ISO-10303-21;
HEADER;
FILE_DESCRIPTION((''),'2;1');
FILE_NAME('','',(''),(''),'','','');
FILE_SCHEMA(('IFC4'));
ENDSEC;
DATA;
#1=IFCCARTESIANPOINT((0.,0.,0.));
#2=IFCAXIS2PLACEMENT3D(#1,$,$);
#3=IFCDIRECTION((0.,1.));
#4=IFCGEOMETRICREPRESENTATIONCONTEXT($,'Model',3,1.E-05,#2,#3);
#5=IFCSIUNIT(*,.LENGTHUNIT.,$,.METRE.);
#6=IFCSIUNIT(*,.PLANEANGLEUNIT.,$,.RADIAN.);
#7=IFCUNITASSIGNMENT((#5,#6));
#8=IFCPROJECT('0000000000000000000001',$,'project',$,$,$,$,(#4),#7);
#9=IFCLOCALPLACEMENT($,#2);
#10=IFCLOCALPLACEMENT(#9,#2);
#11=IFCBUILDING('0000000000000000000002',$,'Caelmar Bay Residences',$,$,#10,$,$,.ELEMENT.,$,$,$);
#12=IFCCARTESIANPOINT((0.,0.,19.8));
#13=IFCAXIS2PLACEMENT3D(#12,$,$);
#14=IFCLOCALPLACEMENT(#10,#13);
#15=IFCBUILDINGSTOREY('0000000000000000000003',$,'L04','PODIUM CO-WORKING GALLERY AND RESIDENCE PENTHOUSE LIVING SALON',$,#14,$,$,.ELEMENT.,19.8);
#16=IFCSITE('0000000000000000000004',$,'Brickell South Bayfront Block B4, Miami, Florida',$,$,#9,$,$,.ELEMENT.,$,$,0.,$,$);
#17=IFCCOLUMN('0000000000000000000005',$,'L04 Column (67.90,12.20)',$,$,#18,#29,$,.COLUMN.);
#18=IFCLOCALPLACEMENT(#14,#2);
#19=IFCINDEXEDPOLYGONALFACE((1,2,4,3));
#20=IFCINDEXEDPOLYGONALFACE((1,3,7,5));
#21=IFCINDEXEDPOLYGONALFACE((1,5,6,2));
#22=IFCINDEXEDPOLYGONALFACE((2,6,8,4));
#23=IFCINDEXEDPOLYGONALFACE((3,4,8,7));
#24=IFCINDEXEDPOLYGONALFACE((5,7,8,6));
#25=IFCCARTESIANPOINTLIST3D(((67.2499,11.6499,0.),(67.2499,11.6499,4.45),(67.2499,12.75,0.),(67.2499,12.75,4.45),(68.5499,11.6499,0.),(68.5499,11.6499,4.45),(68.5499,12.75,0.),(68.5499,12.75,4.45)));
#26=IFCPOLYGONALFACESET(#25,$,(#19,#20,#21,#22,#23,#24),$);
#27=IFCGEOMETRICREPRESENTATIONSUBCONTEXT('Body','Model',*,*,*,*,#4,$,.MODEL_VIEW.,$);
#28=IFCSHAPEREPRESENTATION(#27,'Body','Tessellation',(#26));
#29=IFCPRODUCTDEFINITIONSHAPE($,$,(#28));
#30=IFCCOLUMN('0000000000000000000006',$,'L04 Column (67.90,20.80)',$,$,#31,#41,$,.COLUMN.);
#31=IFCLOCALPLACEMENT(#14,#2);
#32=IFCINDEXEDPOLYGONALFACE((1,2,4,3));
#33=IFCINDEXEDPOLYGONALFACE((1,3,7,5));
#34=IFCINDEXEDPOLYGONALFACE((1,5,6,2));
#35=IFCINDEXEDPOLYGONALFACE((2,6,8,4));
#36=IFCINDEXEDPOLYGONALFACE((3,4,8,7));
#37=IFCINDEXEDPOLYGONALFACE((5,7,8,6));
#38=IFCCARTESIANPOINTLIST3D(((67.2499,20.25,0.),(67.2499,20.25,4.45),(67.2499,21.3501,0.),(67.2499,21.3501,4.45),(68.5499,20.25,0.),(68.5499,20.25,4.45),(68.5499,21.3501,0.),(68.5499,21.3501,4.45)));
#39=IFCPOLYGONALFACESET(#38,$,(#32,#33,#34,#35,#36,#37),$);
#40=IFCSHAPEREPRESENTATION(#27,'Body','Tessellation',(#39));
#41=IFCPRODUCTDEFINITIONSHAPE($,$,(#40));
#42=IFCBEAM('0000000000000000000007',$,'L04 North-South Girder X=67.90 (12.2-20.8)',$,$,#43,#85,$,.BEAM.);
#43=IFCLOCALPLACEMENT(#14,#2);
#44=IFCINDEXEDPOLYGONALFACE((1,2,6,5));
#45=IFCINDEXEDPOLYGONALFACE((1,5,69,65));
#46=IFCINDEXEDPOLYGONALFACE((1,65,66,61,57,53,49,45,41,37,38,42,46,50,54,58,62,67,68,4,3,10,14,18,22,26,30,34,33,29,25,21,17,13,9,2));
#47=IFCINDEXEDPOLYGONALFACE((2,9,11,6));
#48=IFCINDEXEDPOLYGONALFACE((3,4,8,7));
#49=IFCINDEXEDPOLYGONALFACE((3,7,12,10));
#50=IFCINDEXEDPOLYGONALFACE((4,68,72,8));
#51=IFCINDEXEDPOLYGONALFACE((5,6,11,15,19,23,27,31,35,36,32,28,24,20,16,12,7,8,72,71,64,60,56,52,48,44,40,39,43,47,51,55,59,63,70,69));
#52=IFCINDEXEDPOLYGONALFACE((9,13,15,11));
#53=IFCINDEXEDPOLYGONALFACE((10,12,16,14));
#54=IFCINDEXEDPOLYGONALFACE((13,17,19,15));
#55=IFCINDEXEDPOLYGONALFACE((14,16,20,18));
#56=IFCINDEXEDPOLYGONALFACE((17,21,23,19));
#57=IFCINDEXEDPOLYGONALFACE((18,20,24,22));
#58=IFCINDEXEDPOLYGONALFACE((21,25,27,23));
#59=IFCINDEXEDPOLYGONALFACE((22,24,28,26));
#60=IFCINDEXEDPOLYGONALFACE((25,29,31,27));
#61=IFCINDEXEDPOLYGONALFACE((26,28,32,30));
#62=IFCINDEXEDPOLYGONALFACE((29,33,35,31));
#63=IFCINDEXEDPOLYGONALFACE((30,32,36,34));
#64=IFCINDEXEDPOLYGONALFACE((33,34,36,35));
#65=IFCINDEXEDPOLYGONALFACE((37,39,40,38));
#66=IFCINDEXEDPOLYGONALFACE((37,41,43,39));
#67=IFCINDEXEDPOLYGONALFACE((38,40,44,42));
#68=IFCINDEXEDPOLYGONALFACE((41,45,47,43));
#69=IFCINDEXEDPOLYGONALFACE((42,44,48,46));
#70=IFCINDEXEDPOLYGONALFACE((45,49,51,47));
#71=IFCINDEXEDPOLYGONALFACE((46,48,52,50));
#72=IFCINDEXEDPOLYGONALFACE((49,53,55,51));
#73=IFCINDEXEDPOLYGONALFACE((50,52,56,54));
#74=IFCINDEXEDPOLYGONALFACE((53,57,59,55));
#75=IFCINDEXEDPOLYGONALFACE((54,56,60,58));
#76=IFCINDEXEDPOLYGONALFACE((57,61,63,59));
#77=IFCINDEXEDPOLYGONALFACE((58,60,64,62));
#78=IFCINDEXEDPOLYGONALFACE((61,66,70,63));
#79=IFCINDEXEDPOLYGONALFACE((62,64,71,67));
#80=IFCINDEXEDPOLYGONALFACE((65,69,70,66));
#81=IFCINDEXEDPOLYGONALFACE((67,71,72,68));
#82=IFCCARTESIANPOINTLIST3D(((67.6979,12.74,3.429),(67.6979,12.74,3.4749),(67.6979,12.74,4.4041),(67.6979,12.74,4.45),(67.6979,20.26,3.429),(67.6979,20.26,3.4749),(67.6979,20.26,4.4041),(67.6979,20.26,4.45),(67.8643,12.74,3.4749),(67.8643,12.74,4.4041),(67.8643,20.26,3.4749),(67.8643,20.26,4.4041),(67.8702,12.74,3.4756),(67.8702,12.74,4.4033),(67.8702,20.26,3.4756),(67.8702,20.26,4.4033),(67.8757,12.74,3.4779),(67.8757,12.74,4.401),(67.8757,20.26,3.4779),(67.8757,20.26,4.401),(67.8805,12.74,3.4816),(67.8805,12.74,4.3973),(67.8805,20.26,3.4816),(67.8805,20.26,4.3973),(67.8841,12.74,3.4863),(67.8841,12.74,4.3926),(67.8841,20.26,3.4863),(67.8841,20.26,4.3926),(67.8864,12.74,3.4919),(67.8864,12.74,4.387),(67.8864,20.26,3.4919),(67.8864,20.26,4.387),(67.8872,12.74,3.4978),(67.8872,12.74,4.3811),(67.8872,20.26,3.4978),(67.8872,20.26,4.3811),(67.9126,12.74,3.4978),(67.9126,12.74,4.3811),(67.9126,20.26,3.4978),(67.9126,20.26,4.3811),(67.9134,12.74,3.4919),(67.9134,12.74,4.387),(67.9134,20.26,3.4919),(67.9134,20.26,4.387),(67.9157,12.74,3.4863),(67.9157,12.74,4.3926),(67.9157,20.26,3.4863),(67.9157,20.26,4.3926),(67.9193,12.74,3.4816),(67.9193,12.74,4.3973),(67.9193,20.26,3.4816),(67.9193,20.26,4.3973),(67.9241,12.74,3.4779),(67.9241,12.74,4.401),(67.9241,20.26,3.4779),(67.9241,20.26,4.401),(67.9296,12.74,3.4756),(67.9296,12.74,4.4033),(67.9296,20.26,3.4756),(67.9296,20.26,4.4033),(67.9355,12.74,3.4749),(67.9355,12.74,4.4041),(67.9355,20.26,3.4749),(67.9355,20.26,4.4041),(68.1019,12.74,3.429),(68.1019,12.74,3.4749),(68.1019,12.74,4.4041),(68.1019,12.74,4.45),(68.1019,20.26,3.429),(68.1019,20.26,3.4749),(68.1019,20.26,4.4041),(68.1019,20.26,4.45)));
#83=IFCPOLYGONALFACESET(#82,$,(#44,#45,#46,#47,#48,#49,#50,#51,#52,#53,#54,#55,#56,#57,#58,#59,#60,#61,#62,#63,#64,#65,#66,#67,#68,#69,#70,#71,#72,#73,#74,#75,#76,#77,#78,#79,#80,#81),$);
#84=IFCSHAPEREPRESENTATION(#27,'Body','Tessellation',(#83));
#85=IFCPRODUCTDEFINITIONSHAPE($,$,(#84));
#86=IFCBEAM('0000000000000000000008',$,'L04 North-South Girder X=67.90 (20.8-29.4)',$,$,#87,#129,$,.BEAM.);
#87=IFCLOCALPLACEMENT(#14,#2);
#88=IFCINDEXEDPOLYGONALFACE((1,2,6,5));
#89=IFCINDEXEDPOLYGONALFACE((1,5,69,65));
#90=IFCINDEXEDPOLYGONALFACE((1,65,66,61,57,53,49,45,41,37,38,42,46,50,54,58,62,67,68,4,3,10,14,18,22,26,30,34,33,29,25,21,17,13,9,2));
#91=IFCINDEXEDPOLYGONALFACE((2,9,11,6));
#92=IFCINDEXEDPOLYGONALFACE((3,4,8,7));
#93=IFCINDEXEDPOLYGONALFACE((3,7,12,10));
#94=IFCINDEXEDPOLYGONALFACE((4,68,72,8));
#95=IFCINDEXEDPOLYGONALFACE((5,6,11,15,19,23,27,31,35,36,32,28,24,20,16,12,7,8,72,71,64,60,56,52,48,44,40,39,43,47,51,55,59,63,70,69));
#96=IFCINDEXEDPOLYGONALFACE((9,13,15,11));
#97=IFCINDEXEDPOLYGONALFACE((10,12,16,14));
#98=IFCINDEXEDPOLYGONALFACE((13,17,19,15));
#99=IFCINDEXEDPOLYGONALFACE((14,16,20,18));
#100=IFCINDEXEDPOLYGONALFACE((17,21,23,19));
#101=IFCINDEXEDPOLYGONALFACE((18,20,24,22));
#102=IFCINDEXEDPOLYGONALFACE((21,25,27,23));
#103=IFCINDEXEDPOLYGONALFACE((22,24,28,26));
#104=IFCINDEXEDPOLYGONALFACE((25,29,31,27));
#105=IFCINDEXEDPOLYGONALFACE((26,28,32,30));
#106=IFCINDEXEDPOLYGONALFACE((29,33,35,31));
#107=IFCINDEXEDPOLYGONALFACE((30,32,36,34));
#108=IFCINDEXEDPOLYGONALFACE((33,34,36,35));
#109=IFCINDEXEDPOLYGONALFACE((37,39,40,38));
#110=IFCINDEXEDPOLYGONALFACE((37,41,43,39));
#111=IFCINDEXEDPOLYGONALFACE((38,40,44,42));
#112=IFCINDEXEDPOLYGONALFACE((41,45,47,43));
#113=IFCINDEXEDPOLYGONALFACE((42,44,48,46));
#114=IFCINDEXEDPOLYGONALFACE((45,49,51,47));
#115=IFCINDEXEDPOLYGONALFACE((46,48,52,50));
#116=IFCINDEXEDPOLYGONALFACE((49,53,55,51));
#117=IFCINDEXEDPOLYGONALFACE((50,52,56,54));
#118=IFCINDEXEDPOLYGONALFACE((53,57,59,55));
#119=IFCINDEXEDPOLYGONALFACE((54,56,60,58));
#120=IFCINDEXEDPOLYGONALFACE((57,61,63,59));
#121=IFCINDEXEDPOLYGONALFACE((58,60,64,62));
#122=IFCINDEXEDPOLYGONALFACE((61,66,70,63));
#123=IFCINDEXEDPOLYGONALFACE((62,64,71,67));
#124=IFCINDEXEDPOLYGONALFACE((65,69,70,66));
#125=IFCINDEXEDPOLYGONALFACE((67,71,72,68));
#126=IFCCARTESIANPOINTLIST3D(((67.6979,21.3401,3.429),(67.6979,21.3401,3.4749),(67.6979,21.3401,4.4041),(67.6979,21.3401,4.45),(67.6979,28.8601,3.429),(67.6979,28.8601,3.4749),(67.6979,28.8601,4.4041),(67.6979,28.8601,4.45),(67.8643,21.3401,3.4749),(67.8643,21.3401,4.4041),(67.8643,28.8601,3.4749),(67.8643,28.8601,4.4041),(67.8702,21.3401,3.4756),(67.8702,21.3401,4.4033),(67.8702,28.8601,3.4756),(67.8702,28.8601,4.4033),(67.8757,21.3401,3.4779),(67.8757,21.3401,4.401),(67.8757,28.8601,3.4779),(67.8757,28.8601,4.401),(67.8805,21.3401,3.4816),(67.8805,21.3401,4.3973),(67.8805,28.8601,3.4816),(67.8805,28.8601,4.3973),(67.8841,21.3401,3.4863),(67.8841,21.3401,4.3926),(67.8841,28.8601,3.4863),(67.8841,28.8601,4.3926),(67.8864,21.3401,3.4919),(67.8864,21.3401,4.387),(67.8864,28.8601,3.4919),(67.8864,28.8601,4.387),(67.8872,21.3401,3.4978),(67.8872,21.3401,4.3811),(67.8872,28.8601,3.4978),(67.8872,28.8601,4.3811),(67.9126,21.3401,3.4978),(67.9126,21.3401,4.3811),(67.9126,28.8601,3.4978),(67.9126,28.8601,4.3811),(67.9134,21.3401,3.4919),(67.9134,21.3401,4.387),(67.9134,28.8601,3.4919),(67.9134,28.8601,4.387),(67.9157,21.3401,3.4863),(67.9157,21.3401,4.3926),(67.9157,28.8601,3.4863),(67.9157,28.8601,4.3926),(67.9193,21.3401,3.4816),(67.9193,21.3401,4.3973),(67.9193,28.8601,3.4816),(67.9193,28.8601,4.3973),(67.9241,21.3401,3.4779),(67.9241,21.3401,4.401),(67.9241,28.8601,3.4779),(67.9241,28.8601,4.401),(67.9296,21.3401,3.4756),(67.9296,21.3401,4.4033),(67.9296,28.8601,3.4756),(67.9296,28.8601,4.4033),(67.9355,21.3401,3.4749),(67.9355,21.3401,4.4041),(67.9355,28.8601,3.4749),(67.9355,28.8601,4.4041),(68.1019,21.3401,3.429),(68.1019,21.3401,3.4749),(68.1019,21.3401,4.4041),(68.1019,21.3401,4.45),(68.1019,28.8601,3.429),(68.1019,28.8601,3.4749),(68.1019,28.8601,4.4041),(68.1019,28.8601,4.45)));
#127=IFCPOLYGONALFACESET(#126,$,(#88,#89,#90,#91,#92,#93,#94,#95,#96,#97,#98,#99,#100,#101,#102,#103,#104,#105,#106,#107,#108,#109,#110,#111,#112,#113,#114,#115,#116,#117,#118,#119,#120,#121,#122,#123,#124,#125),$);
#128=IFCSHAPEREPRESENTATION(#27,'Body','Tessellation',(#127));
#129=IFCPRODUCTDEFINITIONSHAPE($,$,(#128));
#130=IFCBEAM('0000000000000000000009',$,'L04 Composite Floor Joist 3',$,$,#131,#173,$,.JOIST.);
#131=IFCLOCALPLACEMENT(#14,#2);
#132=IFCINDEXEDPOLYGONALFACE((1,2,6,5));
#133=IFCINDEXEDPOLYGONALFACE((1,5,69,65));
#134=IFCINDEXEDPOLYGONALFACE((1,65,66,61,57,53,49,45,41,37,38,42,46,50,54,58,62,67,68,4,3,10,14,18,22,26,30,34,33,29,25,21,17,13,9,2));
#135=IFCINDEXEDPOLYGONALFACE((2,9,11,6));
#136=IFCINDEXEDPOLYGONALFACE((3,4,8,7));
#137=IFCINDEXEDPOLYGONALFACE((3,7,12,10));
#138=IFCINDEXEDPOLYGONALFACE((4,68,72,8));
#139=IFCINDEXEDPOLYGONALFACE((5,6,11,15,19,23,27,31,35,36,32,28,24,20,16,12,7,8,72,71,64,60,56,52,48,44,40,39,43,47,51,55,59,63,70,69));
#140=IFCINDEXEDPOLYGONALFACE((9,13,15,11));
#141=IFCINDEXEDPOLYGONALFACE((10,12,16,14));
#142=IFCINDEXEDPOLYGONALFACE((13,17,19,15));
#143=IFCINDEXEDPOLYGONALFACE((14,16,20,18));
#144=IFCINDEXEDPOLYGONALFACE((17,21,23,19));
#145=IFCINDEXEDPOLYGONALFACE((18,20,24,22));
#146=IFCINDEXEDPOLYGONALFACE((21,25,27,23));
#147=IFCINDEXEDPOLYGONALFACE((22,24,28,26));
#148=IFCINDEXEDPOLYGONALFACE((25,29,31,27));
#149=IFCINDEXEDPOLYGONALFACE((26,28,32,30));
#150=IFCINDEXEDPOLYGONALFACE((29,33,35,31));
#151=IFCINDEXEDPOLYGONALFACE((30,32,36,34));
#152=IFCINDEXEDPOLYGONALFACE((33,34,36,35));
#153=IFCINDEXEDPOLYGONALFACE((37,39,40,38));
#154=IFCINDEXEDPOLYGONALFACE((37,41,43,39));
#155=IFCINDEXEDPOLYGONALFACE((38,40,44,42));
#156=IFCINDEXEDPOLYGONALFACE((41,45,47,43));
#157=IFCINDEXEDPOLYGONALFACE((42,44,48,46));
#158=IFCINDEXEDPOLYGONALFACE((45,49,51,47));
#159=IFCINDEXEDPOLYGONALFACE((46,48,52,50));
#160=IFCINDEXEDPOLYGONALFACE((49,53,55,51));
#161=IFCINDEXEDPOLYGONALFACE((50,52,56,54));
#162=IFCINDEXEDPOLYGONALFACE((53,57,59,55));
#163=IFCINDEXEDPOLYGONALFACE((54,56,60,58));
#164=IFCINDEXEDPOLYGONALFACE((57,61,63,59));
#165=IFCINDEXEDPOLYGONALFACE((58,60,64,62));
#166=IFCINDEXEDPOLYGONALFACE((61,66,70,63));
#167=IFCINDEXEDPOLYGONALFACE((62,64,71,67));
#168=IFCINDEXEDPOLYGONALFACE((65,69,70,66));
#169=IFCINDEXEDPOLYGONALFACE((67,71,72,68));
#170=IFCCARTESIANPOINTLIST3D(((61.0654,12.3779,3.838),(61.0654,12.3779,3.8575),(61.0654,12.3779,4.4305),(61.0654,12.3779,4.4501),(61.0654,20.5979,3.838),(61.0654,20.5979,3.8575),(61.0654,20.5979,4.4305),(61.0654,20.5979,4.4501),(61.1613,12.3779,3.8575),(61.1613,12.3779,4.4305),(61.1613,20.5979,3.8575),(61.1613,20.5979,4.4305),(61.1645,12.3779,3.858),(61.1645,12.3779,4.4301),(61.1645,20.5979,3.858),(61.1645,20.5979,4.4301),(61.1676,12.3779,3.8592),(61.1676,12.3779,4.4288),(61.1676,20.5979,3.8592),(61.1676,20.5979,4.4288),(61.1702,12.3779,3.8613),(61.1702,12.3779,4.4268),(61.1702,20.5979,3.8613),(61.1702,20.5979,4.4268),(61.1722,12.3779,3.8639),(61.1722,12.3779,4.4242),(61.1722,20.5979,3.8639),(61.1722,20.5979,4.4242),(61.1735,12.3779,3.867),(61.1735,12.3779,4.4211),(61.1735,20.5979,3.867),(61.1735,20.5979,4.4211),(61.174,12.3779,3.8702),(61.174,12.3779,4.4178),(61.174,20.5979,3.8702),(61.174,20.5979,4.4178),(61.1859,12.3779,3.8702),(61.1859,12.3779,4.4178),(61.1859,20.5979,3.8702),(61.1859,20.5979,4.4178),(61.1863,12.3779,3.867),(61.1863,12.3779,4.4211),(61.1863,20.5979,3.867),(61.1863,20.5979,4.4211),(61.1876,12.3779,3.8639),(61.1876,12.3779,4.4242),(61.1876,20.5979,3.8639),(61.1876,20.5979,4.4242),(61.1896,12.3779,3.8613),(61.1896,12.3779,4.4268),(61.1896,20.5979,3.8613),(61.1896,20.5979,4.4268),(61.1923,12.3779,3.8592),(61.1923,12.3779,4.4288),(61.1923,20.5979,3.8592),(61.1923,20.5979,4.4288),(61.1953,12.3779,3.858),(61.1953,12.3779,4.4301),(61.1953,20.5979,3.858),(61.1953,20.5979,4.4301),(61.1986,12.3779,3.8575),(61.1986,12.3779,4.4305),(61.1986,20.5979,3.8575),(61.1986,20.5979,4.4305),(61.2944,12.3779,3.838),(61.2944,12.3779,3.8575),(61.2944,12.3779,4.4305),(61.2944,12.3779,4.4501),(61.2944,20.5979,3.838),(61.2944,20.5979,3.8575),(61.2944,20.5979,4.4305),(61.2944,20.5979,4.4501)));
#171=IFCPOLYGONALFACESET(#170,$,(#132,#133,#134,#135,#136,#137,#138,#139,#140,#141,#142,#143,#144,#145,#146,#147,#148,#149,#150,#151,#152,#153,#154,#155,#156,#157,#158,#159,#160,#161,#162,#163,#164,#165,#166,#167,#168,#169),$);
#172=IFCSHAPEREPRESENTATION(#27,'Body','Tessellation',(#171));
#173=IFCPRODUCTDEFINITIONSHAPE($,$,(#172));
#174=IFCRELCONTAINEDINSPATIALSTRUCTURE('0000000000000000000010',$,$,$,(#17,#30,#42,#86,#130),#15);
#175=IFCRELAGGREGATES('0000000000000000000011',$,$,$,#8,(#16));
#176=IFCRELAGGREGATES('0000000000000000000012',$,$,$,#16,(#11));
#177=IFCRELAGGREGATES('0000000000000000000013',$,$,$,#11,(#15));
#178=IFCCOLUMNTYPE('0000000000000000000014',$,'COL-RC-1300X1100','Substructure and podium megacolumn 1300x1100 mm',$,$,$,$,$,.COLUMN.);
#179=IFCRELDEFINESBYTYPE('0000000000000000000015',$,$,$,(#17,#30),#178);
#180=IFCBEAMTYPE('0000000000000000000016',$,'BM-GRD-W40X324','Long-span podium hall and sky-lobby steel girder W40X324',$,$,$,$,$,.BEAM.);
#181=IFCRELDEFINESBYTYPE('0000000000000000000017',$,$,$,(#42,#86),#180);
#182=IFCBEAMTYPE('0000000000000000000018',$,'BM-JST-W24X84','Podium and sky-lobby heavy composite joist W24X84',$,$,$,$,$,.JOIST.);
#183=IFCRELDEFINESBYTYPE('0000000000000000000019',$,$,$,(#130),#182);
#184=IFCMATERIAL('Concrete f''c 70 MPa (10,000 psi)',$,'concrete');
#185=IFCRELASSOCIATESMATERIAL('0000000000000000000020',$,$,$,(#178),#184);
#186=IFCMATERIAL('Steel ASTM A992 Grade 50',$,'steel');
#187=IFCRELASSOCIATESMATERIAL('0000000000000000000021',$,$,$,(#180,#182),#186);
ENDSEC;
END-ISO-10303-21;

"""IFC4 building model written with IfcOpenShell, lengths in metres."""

from ifc_helpers import new_model, si_unit, direction, frame, origin, origin_2d, place, context, subcontext, project, spatial, rectangle, i_section, extrude, material, material_profile, profile_set, type_object, element, save


model = new_model("IFC4")

# Units and contexts
model_context = context("Model", 3, precision=1e-05, world=origin(), true_north=direction((0.0, 1.0)))
body_context = subcontext(model_context, "Body", "Model", "MODEL_VIEW")
ifc_project = project(units=[si_unit("LENGTHUNIT", "METRE"), si_unit("PLANEANGLEUNIT", "RADIAN")], contexts=[model_context])

# Site, building, storey
site_placement = place(None, origin())
site = spatial("IfcSite", under=ifc_project, at=site_placement, Name="Brickell South Bayfront Block B4, Miami, Florida", CompositionType="ELEMENT", RefElevation=0.0)
building_placement = place(site_placement, origin())
building = spatial("IfcBuilding", under=site, at=building_placement, Name="Caelmar Bay Residences", CompositionType="ELEMENT")
storey_placement = place(building_placement, frame((0.0, 0.0, 19.8)))
storey = spatial("IfcBuildingStorey", under=building, at=storey_placement, Name="L04", Description="PODIUM CO-WORKING GALLERY AND RESIDENCE PENTHOUSE LIVING SALON", CompositionType="ELEMENT", Elevation=19.8)

# Columns
ifc_material_1 = material(Name="Concrete f'c 70 MPa (10,000 psi)", Category="concrete")
ifc_material_profile_1 = material_profile(ifc_material_1, rectangle(XDim=1.3, YDim=1.1001, at=origin_2d()), Name="RC-COL-1300X1100")
ifc_profile_set_1 = profile_set([ifc_material_profile_1], Name="Concrete f'c 70 MPa (10,000 psi)")
column_type = type_object("IfcColumnType", Name="COL-RC-1300X1100", Description="Substructure and podium megacolumn 1300x1100 mm", PredefinedType="COLUMN", material=ifc_profile_set_1)
for number, where, z_axis, x_axis, name in (
    (1, (67.8999, 12.2, 0.0), (0.0, 0.0, 1.0), (1.0, 0.0, 0.0), "L04 Column (67.90,12.20)"),
    (2, (67.8999, 20.8, 0.0), (0.0, 0.0, 1.0), (1.0, 0.0, 0.0), "L04 Column (67.90,20.80)"),
):
    element("IfcColumn", number, at=place(storey_placement, frame(where, z_axis=z_axis, x_axis=x_axis)), inside=storey, type_object=column_type, Name=name, PredefinedType="COLUMN", context=body_context, shape_type="SweptSolid", body=[
        extrude(rectangle(XDim=1.3, YDim=1.1001, at=origin_2d()), origin(), (0.0, 0.0, 1.0), 4.45),
    ])

# Beams
ifc_material_2 = material(Name="Steel ASTM A992 Grade 50", Category="steel")
ifc_material_profile_2 = material_profile(ifc_material_2, i_section(OverallWidth=0.4041, OverallDepth=1.021, WebThickness=0.0254, FlangeThickness=0.0459, FilletRadius=0.0229, at=origin_2d()), Name="W40X324")
ifc_profile_set_2 = profile_set([ifc_material_profile_2], Name="Steel ASTM A992 Grade 50")
beam_type_1 = type_object("IfcBeamType", Name="BM-GRD-W40X324", Description="Long-span podium hall and sky-lobby steel girder W40X324", PredefinedType="BEAM", material=ifc_profile_set_2)
for number, where, z_axis, x_axis, name in (
    (3, (67.8999, 12.74, 3.9395), (0.0, 1.0, 0.0), (-1.0, 0.0, 0.0), "L04 North-South Girder X=67.90 (12.2-20.8)"),
    (4, (67.8999, 21.3401, 3.9395), (0.0, 1.0, 0.0), (-1.0, 0.0, 0.0), "L04 North-South Girder X=67.90 (20.8-29.4)"),
):
    element("IfcBeam", number, at=place(storey_placement, frame(where, z_axis=z_axis, x_axis=x_axis)), inside=storey, type_object=beam_type_1, Name=name, PredefinedType="BEAM", context=body_context, shape_type="SweptSolid", body=[
        extrude(i_section(OverallWidth=0.4041, OverallDepth=1.021, WebThickness=0.0254, FlangeThickness=0.0459, FilletRadius=0.0229, at=origin_2d()), origin(), (0.0, 0.0, 1.0), 7.52),
    ])
ifc_material_profile_3 = material_profile(ifc_material_2, i_section(OverallWidth=0.229, OverallDepth=0.6121, WebThickness=0.012, FlangeThickness=0.0195, FilletRadius=0.0127, at=origin_2d()), Name="W24X84")
ifc_profile_set_3 = profile_set([ifc_material_profile_3], Name="Steel ASTM A992 Grade 50")
beam_type_2 = type_object("IfcBeamType", Name="BM-JST-W24X84", Description="Podium and sky-lobby heavy composite joist W24X84", PredefinedType="JOIST", material=ifc_profile_set_3)
for number, where, z_axis, x_axis, name in (
    (5, (61.1799, 12.3779, 4.144), (0.0, 1.0, 0.0), (-1.0, 0.0, 0.0), "L04 Composite Floor Joist 3"),
):
    element("IfcBeam", number, at=place(storey_placement, frame(where, z_axis=z_axis, x_axis=x_axis)), inside=storey, type_object=beam_type_2, Name=name, PredefinedType="JOIST", context=body_context, shape_type="SweptSolid", body=[
        extrude(i_section(OverallWidth=0.229, OverallDepth=0.6121, WebThickness=0.012, FlangeThickness=0.0195, FilletRadius=0.0127, at=origin_2d()), origin(), (0.0, 0.0, 1.0), 8.22),
    ])

save(model, "model.ifc")
